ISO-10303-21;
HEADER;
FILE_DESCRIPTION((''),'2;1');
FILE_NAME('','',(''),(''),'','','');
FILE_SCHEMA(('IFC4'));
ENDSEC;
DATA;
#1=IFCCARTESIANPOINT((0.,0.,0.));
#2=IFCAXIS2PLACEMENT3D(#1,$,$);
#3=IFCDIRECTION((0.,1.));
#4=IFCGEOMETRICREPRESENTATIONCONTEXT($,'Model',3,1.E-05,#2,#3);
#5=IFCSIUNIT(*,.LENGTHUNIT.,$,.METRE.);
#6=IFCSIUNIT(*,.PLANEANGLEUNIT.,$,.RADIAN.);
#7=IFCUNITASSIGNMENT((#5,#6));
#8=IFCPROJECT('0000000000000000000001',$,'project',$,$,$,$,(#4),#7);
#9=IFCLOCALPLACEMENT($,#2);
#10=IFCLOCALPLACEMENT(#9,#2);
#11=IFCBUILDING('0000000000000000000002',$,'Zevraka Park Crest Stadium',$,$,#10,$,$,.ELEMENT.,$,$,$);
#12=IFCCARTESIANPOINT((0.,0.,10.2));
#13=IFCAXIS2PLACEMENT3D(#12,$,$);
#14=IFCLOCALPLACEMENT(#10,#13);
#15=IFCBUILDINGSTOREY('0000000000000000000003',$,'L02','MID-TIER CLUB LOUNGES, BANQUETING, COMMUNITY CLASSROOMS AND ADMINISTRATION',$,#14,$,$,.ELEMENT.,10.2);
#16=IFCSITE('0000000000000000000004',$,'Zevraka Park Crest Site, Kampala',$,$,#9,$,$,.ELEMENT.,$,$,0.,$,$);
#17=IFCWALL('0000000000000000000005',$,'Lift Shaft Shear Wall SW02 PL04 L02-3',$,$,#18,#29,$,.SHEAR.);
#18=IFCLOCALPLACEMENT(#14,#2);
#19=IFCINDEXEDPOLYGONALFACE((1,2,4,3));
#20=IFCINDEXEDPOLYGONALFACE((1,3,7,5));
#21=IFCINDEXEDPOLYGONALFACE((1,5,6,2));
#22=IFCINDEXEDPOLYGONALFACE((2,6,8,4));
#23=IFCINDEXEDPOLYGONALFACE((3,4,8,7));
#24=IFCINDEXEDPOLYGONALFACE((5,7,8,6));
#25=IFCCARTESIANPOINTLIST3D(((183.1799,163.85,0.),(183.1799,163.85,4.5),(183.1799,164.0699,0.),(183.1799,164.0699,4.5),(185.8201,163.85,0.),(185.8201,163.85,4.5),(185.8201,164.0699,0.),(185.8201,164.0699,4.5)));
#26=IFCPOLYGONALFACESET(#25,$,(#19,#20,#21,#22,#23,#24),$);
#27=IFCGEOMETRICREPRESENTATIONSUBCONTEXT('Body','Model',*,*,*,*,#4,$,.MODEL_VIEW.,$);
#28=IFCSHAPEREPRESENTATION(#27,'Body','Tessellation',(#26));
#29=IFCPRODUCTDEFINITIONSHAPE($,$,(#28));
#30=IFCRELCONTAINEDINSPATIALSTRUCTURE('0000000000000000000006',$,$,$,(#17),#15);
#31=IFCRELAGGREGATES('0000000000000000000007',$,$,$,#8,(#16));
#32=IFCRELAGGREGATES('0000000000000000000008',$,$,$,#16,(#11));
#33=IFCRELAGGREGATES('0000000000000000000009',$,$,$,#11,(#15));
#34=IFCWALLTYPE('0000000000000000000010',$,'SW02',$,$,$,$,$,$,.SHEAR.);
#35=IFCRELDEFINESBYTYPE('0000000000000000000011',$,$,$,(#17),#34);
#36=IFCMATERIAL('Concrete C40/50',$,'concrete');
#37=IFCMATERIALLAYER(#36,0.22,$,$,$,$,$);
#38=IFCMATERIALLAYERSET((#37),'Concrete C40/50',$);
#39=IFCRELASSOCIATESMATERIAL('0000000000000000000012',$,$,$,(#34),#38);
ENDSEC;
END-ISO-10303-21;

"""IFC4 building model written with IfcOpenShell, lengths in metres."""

from ifc_helpers import new_model, si_unit, direction, frame, frame_2d, origin, place, context, subcontext, project, spatial, rectangle, extrude, material, layer, layer_set, type_object, element, save


model = new_model("IFC4")

# Units and contexts
model_context = context("Model", 3, precision=1e-05, world=origin(), true_north=direction((0.0, 1.0)))
body_context = subcontext(model_context, "Body", "Model", "MODEL_VIEW")
ifc_project = project(units=[si_unit("LENGTHUNIT", "METRE"), si_unit("PLANEANGLEUNIT", "RADIAN")], contexts=[model_context])

# Site, building, storey
site_placement = place(None, origin())
site = spatial("IfcSite", under=ifc_project, at=site_placement, Name="Zevraka Park Crest Site, Kampala", CompositionType="ELEMENT", RefElevation=0.0)
building_placement = place(site_placement, origin())
building = spatial("IfcBuilding", under=site, at=building_placement, Name="Zevraka Park Crest Stadium", CompositionType="ELEMENT")
storey_placement = place(building_placement, frame((0.0, 0.0, 10.2)))
storey = spatial("IfcBuildingStorey", under=building, at=storey_placement, Name="L02", Description="MID-TIER CLUB LOUNGES, BANQUETING, COMMUNITY CLASSROOMS AND ADMINISTRATION", CompositionType="ELEMENT", Elevation=10.2)

# Wall
ifc_material_1 = material(Name="Concrete C40/50", Category="concrete")
ifc_layer_1 = layer(ifc_material_1, 0.22)
ifc_layer_set_1 = layer_set([ifc_layer_1], Name="Concrete C40/50")
wall_type_1 = type_object("IfcWallType", Name="SW02", PredefinedType="SHEAR", material=ifc_layer_set_1)
wall_1_placement = place(storey_placement, frame((185.8201, 163.96, 0.0), z_axis=(0.0, 0.0, 1.0), x_axis=(-1.0, 0.0, 0.0)))
element("IfcWall", 1, at=wall_1_placement, inside=storey, type_object=wall_type_1, Name="Lift Shaft Shear Wall SW02 PL04 L02-3", PredefinedType="SHEAR", context=body_context, shape_type="SweptSolid", body=[
    extrude(rectangle(XDim=2.6401, YDim=0.22, at=frame_2d((1.3201, 0.0))), origin(), (0.0, 0.0, 1.0), 4.5),
])

save(model, "model.ifc")
